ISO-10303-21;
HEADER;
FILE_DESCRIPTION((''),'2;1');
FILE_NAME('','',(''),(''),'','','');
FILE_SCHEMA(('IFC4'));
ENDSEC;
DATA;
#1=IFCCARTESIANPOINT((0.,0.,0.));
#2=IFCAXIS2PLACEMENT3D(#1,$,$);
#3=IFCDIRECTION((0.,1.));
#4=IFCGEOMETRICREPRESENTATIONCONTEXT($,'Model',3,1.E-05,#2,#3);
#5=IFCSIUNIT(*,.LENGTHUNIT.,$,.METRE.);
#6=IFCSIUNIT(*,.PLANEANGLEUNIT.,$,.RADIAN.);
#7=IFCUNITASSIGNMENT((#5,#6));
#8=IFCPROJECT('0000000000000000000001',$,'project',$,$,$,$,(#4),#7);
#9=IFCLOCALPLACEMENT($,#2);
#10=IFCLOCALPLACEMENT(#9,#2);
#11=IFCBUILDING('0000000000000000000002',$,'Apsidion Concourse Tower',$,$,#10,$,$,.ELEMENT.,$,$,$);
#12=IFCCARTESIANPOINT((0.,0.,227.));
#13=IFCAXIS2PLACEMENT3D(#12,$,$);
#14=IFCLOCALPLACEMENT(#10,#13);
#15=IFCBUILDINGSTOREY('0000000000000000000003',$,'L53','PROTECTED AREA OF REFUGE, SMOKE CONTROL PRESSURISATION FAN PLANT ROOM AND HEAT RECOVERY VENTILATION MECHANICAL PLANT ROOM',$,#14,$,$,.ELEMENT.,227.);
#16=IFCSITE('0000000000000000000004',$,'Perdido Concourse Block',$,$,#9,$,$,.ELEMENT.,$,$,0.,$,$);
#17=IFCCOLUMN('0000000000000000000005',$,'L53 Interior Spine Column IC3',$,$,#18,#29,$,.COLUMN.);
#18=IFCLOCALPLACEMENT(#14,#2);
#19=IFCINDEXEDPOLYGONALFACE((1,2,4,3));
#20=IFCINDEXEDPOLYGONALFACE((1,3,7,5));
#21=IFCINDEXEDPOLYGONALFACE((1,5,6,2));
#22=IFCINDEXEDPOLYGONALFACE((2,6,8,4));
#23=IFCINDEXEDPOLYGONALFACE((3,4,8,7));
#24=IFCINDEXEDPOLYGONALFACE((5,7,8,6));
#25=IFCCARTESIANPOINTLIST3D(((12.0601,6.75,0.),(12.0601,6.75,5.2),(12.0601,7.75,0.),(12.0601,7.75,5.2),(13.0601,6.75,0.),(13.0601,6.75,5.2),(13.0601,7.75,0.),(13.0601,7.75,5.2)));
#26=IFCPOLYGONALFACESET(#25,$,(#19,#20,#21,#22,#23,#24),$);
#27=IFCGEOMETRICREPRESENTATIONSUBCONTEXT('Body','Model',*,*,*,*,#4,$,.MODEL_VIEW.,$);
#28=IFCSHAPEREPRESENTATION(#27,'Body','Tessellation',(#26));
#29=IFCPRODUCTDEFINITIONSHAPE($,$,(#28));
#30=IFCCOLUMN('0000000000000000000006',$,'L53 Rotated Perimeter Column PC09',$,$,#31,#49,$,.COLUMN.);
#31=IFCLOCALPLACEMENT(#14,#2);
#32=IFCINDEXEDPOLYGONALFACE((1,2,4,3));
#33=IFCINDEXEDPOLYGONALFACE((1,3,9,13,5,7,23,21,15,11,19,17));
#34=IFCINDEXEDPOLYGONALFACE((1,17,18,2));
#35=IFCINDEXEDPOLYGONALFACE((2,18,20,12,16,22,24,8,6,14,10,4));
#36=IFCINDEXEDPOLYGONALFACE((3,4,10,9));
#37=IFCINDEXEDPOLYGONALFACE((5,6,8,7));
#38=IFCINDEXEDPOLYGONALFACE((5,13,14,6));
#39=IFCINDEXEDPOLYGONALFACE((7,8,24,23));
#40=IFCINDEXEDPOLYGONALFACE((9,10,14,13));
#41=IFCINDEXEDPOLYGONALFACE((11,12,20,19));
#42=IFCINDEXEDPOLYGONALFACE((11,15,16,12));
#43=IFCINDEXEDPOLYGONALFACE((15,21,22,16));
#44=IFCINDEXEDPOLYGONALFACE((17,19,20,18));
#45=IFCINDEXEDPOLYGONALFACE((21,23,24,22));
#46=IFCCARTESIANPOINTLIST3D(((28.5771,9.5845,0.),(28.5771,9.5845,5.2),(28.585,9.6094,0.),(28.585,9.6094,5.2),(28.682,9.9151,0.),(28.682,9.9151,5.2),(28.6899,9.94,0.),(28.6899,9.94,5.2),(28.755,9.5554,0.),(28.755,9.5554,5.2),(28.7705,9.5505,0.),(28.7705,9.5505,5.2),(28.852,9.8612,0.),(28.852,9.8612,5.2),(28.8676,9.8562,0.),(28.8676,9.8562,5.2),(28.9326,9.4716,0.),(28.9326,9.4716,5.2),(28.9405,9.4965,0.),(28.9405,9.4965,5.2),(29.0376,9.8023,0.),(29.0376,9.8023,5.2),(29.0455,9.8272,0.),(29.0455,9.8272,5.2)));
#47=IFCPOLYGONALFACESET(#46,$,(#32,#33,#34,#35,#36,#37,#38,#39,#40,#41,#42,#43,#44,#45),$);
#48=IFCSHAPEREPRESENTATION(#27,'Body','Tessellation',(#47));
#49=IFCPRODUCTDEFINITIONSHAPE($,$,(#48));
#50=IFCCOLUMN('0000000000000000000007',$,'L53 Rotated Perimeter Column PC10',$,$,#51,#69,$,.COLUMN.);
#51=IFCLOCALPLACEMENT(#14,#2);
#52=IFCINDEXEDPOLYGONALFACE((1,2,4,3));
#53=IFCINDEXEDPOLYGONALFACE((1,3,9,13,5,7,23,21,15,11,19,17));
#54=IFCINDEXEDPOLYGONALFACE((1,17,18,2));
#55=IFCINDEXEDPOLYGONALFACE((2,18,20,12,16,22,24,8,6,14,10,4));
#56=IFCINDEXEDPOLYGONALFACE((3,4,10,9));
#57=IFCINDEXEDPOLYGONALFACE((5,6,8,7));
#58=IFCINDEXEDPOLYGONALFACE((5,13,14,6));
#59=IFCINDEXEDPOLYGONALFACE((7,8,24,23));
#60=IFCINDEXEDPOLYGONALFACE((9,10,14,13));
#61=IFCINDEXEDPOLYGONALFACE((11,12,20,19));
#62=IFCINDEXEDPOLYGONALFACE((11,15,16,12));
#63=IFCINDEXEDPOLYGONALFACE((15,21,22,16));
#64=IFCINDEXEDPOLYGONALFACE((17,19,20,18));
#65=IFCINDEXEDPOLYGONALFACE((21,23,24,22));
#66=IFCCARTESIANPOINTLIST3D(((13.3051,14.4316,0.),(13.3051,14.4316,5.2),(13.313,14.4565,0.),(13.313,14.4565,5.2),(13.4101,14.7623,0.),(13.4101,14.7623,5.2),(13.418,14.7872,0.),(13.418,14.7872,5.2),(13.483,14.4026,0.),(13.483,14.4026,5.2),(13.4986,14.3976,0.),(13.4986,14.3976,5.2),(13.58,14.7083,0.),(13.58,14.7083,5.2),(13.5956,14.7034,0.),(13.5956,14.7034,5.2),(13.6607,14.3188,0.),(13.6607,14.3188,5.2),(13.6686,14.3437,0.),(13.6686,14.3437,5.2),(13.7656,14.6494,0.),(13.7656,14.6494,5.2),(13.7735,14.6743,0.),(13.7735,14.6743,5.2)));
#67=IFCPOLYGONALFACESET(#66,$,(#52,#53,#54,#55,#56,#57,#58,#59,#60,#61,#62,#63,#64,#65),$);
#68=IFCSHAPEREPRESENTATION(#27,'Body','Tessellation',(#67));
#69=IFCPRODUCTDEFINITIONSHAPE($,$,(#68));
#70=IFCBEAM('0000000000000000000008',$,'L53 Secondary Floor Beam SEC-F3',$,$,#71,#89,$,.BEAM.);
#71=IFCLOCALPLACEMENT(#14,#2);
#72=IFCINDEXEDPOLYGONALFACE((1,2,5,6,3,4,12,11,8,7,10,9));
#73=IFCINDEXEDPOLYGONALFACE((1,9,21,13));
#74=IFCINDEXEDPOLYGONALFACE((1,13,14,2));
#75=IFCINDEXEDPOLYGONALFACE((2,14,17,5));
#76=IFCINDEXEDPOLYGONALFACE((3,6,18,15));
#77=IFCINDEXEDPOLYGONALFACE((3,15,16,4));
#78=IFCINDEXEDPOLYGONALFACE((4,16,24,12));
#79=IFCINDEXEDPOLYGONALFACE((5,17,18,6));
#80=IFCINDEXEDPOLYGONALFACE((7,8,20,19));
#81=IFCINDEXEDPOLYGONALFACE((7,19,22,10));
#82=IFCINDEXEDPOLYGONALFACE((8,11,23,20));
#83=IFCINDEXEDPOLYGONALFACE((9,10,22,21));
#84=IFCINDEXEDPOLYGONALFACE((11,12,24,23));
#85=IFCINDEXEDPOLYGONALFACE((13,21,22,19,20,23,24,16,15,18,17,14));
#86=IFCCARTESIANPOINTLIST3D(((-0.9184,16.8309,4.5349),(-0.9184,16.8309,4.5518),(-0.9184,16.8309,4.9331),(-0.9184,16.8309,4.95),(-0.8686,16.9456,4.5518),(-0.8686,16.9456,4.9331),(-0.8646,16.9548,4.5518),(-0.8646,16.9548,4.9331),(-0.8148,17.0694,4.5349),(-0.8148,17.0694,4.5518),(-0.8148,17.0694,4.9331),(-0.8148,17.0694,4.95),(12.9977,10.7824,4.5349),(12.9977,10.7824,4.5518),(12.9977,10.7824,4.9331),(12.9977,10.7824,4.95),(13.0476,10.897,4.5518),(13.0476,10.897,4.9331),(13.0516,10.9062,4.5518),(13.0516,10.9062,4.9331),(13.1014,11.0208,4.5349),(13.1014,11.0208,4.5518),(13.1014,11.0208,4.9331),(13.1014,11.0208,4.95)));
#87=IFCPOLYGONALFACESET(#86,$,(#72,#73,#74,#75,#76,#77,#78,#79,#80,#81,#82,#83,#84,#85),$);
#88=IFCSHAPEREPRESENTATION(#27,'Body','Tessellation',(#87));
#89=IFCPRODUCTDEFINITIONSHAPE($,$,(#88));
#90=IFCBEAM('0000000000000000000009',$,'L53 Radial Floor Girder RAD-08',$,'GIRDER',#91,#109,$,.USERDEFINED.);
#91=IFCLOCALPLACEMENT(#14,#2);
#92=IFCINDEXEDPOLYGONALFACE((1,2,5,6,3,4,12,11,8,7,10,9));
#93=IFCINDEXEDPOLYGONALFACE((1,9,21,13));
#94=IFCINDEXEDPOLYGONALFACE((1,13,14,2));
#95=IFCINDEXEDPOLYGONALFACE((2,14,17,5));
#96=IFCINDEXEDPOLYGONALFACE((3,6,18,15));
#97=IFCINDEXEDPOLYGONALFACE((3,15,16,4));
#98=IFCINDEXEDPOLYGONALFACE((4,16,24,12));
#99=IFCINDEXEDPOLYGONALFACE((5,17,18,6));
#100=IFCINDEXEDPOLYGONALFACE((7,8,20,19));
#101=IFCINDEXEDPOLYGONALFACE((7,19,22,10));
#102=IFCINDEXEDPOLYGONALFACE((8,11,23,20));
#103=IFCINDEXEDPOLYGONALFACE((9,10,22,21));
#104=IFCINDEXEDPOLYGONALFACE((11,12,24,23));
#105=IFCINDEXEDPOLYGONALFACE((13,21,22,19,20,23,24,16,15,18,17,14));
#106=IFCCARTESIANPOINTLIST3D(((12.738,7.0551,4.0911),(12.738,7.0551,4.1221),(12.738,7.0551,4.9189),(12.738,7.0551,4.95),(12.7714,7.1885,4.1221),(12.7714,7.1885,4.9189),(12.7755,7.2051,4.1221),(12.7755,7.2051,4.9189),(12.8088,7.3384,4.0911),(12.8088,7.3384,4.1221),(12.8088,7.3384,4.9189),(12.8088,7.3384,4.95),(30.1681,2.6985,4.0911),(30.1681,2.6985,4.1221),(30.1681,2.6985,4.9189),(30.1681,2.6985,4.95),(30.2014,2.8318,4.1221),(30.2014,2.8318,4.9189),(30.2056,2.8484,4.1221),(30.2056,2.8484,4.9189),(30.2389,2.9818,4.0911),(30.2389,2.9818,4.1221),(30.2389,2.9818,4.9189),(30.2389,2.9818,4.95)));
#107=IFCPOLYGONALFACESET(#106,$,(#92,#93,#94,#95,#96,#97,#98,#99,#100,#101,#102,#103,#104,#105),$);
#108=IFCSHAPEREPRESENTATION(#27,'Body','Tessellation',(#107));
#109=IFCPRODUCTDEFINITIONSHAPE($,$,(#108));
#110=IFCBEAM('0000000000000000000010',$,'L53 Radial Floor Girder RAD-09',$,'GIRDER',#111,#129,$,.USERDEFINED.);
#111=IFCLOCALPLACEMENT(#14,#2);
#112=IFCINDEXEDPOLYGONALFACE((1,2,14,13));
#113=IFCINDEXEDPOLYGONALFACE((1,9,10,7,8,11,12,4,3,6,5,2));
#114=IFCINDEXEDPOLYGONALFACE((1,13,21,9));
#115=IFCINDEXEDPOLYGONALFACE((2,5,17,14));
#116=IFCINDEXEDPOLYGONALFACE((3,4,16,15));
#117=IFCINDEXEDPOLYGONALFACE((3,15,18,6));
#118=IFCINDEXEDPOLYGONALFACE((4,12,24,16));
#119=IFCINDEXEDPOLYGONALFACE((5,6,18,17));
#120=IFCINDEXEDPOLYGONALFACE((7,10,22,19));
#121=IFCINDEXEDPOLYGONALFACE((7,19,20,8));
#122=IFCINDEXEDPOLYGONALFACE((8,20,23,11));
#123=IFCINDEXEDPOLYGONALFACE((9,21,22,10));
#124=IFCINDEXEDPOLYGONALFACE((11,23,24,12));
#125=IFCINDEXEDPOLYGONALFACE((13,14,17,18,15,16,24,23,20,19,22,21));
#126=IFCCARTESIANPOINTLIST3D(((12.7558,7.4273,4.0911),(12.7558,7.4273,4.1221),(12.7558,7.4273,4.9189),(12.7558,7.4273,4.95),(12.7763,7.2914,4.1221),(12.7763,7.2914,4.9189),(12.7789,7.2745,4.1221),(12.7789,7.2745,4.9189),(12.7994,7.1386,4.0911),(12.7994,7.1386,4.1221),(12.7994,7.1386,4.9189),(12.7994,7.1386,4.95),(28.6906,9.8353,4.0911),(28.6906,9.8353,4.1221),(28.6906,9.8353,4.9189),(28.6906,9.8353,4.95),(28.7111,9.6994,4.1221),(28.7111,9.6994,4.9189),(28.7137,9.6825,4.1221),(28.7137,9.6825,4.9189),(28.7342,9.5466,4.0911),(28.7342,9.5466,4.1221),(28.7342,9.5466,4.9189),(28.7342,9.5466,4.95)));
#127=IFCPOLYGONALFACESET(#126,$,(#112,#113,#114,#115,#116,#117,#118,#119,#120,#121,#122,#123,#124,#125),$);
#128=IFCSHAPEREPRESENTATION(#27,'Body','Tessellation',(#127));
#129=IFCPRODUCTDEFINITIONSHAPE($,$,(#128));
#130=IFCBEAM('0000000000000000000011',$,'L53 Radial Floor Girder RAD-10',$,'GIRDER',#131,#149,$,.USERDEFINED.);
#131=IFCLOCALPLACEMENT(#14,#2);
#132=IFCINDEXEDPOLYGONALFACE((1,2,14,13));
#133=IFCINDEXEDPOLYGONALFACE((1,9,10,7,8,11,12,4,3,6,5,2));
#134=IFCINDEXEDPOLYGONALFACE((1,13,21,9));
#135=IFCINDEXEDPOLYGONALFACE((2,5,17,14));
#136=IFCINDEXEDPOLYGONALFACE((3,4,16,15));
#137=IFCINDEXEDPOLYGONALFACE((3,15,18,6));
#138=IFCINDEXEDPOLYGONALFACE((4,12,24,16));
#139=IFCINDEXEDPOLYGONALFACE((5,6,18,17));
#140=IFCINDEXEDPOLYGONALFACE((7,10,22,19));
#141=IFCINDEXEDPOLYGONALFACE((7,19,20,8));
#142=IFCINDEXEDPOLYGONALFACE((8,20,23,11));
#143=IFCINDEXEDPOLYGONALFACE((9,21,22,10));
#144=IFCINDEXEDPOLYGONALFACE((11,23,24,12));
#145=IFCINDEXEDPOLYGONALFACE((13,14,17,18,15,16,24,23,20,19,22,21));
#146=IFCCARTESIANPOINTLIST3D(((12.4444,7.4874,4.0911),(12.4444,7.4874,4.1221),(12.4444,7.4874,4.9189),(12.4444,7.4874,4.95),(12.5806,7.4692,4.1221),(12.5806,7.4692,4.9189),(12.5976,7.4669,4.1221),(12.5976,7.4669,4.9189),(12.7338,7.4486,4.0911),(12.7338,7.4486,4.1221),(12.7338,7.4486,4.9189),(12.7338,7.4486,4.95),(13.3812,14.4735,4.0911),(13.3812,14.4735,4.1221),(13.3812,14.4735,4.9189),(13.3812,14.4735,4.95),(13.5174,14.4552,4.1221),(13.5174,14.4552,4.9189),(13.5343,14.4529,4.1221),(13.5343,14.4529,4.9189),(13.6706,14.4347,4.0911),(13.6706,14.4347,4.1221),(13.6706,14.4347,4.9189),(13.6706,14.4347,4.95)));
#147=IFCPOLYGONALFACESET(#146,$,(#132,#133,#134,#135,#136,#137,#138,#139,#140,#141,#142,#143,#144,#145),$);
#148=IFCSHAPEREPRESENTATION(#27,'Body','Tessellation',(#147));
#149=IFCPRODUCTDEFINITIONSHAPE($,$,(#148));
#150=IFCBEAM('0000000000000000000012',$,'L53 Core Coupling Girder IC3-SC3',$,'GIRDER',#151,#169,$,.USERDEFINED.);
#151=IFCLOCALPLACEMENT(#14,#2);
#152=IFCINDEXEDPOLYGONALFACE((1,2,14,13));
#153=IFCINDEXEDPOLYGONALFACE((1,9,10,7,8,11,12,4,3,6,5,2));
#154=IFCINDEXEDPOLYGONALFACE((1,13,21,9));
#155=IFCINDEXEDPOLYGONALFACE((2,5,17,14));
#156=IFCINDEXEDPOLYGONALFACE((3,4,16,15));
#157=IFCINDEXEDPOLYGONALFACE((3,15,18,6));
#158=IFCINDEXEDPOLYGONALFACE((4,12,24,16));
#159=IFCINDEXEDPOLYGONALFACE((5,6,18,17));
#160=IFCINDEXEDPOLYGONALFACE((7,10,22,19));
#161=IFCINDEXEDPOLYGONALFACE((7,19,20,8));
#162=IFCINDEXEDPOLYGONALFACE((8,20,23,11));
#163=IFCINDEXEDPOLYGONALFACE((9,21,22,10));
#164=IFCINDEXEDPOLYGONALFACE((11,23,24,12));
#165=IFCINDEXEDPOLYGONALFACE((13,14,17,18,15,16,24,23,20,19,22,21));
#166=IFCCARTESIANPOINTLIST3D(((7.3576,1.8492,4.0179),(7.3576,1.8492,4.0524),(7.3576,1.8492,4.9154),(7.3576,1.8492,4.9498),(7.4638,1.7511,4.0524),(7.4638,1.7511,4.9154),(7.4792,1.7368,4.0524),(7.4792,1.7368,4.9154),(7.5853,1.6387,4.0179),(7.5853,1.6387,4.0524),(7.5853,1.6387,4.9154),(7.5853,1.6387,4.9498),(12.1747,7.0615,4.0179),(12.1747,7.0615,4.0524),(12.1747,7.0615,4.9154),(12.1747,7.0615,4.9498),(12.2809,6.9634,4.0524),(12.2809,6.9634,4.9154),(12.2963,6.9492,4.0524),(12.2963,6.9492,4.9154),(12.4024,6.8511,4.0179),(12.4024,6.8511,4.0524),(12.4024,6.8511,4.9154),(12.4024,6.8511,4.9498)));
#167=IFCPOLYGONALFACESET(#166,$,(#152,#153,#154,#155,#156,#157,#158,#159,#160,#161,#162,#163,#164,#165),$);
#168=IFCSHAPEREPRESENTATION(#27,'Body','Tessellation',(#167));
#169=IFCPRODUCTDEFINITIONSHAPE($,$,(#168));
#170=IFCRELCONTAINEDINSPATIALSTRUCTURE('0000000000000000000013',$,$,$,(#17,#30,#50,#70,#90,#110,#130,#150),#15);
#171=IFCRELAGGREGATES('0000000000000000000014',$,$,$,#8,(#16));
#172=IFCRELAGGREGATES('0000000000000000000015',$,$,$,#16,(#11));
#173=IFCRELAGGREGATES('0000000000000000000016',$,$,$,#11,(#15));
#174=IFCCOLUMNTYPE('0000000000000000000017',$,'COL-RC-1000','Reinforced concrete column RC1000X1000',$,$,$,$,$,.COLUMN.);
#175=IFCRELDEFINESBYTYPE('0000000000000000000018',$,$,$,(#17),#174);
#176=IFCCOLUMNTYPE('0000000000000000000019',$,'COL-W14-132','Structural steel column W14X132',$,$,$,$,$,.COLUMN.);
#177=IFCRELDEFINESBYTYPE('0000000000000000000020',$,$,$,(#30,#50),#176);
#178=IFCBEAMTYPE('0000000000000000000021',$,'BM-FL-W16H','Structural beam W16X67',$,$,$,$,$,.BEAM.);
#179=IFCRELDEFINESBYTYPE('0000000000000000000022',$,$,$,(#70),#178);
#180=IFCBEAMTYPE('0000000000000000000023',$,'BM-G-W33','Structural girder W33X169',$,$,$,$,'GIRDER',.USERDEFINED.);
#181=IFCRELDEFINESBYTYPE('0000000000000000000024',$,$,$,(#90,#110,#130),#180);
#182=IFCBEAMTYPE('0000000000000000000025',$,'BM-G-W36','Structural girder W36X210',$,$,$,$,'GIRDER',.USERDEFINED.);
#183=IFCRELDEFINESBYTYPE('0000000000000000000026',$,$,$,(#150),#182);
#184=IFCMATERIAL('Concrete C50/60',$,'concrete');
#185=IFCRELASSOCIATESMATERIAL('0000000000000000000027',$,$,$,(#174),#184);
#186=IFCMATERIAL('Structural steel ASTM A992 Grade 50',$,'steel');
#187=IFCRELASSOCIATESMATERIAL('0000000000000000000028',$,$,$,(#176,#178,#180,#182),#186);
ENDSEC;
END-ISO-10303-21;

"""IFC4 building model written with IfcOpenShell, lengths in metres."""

from ifc_helpers import new_model, si_unit, direction, frame, origin, origin_2d, place, context, subcontext, project, spatial, rectangle, i_section, extrude, material, material_profile, profile_set, type_object, element, save


model = new_model("IFC4")

# Units and contexts
model_context = context("Model", 3, precision=1e-05, world=origin(), true_north=direction((0.0, 1.0)))
body_context = subcontext(model_context, "Body", "Model", "MODEL_VIEW")
ifc_project = project(units=[si_unit("LENGTHUNIT", "METRE"), si_unit("PLANEANGLEUNIT", "RADIAN")], contexts=[model_context])

# Site, building, storey
site_placement = place(None, origin())
site = spatial("IfcSite", under=ifc_project, at=site_placement, Name="Perdido Concourse Block", CompositionType="ELEMENT", RefElevation=0.0)
building_placement = place(site_placement, origin())
building = spatial("IfcBuilding", under=site, at=building_placement, Name="Apsidion Concourse Tower", CompositionType="ELEMENT")
storey_placement = place(building_placement, frame((0.0, 0.0, 227.0)))
storey = spatial("IfcBuildingStorey", under=building, at=storey_placement, Name="L53", Description="PROTECTED AREA OF REFUGE, SMOKE CONTROL PRESSURISATION FAN PLANT ROOM AND HEAT RECOVERY VENTILATION MECHANICAL PLANT ROOM", CompositionType="ELEMENT", Elevation=227.0)

# Columns
ifc_material_1 = material(Name="Concrete C50/60", Category="concrete")
ifc_material_profile_1 = material_profile(ifc_material_1, rectangle(XDim=1.0, YDim=1.0, at=origin_2d()), Name="RC 1000x1000")
ifc_profile_set_1 = profile_set([ifc_material_profile_1], Name="Concrete C50/60")
column_type_1 = type_object("IfcColumnType", Name="COL-RC-1000", Description="Reinforced concrete column RC1000X1000", PredefinedType="COLUMN", material=ifc_profile_set_1)
column_placement = place(storey_placement, frame((12.5601, 7.25, 0.0), z_axis=(0.0, 0.0, 1.0), x_axis=(1.0, 0.0, 0.0)))
element("IfcColumn", 1, at=column_placement, inside=storey, type_object=column_type_1, Name="L53 Interior Spine Column IC3", PredefinedType="COLUMN", context=body_context, shape_type="SweptSolid", body=[
    extrude(rectangle(XDim=1.0, YDim=1.0, at=origin_2d()), origin(), (0.0, 0.0, 1.0), 5.2),
])
ifc_material_2 = material(Name="Structural steel ASTM A992 Grade 50", Category="steel")
ifc_material_profile_2 = material_profile(ifc_material_2, i_section(OverallWidth=0.373, OverallDepth=0.373, WebThickness=0.0164, FlangeThickness=0.0261, at=origin_2d()), Name="W14X132")
ifc_profile_set_2 = profile_set([ifc_material_profile_2], Name="Structural steel ASTM A992 Grade 50")
column_type_2 = type_object("IfcColumnType", Name="COL-W14-132", Description="Structural steel column W14X132", PredefinedType="COLUMN", material=ifc_profile_set_2)
for number, where, z_axis, x_axis, name in (
    (2, (28.8113, 9.7058, 0.0), (0.0, 0.0, 1.0), (-0.953138, 0.302536, 0.0), "L53 Rotated Perimeter Column PC09"),
    (3, (13.5393, 14.553, 0.0), (0.0, 0.0, 1.0), (-0.953138, 0.302536, 0.0), "L53 Rotated Perimeter Column PC10"),
):
    element("IfcColumn", number, at=place(storey_placement, frame(where, z_axis=z_axis, x_axis=x_axis)), inside=storey, type_object=column_type_2, Name=name, PredefinedType="COLUMN", context=body_context, shape_type="SweptSolid", body=[
        extrude(i_section(OverallWidth=0.373, OverallDepth=0.373, WebThickness=0.0164, FlangeThickness=0.0261, at=origin_2d()), origin(), (0.0, 0.0, 1.0), 5.2),
    ])

# Beams
ifc_material_profile_3 = material_profile(ifc_material_2, i_section(OverallWidth=0.26, OverallDepth=0.415, WebThickness=0.01, FlangeThickness=0.0168, at=origin_2d()), Name="W16X67")
ifc_profile_set_3 = profile_set([ifc_material_profile_3], Name="Structural steel ASTM A992 Grade 50")
beam_type_1 = type_object("IfcBeamType", Name="BM-FL-W16H", Description="Structural beam W16X67", PredefinedType="BEAM", material=ifc_profile_set_3)
beam_1_placement = place(storey_placement, frame((13.0496, 10.9016, 4.7424), z_axis=(-0.917117, 0.398617, 0.0), x_axis=(-0.398617, -0.917117, 0.0)))
element("IfcBeam", 4, at=beam_1_placement, inside=storey, type_object=beam_type_1, Name="L53 Secondary Floor Beam SEC-F3", PredefinedType="BEAM", context=body_context, shape_type="SweptSolid", body=[
    extrude(i_section(OverallWidth=0.26, OverallDepth=0.415, WebThickness=0.01, FlangeThickness=0.0168, at=origin_2d()), origin(), (0.0, 0.0, 1.0), 15.1738),
])
ifc_material_profile_4 = material_profile(ifc_material_2, i_section(OverallWidth=0.292, OverallDepth=0.8589, WebThickness=0.0171, FlangeThickness=0.031, at=origin_2d()), Name="W33X169")
ifc_profile_set_4 = profile_set([ifc_material_profile_4], Name="Structural steel ASTM A992 Grade 50")
beam_type_2 = type_object("IfcBeamType", Name="BM-G-W33", Description="Structural girder W33X169", ElementType="GIRDER", PredefinedType="USERDEFINED", material=ifc_profile_set_4)
beam_2_placement = place(storey_placement, frame((12.7734, 7.1968, 4.5205), z_axis=(0.970154, -0.242491, 0.0), x_axis=(0.242491, 0.970154, 0.0)))
element("IfcBeam", 5, at=beam_2_placement, inside=storey, type_object=beam_type_2, Name="L53 Radial Floor Girder RAD-08", ObjectType="GIRDER", PredefinedType="USERDEFINED", context=body_context, shape_type="SweptSolid", body=[
    extrude(i_section(OverallWidth=0.292, OverallDepth=0.8589, WebThickness=0.0171, FlangeThickness=0.031, at=origin_2d()), origin(), (0.0, 0.0, 1.0), 17.9663),
])
beam_3_placement = place(storey_placement, frame((12.7776, 7.283, 4.5205), z_axis=(0.988774, 0.149417, 0.0), x_axis=(-0.149417, 0.988774, 0.0)))
element("IfcBeam", 6, at=beam_3_placement, inside=storey, type_object=beam_type_2, Name="L53 Radial Floor Girder RAD-09", ObjectType="GIRDER", PredefinedType="USERDEFINED", context=body_context, shape_type="SweptSolid", body=[
    extrude(i_section(OverallWidth=0.292, OverallDepth=0.8589, WebThickness=0.0171, FlangeThickness=0.031, at=origin_2d()), origin(), (0.0, 0.0, 1.0), 16.1157),
])
beam_4_placement = place(storey_placement, frame((12.5891, 7.468, 4.5205), z_axis=(0.132901, 0.991129, 0.0), x_axis=(-0.991129, 0.132901, 0.0)))
element("IfcBeam", 7, at=beam_4_placement, inside=storey, type_object=beam_type_2, Name="L53 Radial Floor Girder RAD-10", ObjectType="GIRDER", PredefinedType="USERDEFINED", context=body_context, shape_type="SweptSolid", body=[
    extrude(i_section(OverallWidth=0.292, OverallDepth=0.8589, WebThickness=0.0171, FlangeThickness=0.031, at=origin_2d()), origin(), (0.0, 0.0, 1.0), 7.0486),
])
ifc_material_profile_5 = material_profile(ifc_material_2, i_section(OverallWidth=0.3101, OverallDepth=0.9319, WebThickness=0.021, FlangeThickness=0.0344, at=origin_2d()), Name="W36X210")
ifc_profile_set_5 = profile_set([ifc_material_profile_5], Name="Structural steel ASTM A992 Grade 50")
beam_type_3 = type_object("IfcBeamType", Name="BM-G-W36", Description="Structural girder W36X210", ElementType="GIRDER", PredefinedType="USERDEFINED", material=ifc_profile_set_5)
beam_5_placement = place(storey_placement, frame((12.2886, 6.9563, 4.4839), z_axis=(-0.678713, -0.734404, 0.0), x_axis=(0.734404, -0.678713, 0.0)))
element("IfcBeam", 8, at=beam_5_placement, inside=storey, type_object=beam_type_3, Name="L53 Core Coupling Girder IC3-SC3", ObjectType="GIRDER", PredefinedType="USERDEFINED", context=body_context, shape_type="SweptSolid", body=[
    extrude(i_section(OverallWidth=0.3101, OverallDepth=0.9319, WebThickness=0.021, FlangeThickness=0.0344, at=origin_2d()), origin(), (0.0, 0.0, 1.0), 7.0974),
])

save(model, "model.ifc")
